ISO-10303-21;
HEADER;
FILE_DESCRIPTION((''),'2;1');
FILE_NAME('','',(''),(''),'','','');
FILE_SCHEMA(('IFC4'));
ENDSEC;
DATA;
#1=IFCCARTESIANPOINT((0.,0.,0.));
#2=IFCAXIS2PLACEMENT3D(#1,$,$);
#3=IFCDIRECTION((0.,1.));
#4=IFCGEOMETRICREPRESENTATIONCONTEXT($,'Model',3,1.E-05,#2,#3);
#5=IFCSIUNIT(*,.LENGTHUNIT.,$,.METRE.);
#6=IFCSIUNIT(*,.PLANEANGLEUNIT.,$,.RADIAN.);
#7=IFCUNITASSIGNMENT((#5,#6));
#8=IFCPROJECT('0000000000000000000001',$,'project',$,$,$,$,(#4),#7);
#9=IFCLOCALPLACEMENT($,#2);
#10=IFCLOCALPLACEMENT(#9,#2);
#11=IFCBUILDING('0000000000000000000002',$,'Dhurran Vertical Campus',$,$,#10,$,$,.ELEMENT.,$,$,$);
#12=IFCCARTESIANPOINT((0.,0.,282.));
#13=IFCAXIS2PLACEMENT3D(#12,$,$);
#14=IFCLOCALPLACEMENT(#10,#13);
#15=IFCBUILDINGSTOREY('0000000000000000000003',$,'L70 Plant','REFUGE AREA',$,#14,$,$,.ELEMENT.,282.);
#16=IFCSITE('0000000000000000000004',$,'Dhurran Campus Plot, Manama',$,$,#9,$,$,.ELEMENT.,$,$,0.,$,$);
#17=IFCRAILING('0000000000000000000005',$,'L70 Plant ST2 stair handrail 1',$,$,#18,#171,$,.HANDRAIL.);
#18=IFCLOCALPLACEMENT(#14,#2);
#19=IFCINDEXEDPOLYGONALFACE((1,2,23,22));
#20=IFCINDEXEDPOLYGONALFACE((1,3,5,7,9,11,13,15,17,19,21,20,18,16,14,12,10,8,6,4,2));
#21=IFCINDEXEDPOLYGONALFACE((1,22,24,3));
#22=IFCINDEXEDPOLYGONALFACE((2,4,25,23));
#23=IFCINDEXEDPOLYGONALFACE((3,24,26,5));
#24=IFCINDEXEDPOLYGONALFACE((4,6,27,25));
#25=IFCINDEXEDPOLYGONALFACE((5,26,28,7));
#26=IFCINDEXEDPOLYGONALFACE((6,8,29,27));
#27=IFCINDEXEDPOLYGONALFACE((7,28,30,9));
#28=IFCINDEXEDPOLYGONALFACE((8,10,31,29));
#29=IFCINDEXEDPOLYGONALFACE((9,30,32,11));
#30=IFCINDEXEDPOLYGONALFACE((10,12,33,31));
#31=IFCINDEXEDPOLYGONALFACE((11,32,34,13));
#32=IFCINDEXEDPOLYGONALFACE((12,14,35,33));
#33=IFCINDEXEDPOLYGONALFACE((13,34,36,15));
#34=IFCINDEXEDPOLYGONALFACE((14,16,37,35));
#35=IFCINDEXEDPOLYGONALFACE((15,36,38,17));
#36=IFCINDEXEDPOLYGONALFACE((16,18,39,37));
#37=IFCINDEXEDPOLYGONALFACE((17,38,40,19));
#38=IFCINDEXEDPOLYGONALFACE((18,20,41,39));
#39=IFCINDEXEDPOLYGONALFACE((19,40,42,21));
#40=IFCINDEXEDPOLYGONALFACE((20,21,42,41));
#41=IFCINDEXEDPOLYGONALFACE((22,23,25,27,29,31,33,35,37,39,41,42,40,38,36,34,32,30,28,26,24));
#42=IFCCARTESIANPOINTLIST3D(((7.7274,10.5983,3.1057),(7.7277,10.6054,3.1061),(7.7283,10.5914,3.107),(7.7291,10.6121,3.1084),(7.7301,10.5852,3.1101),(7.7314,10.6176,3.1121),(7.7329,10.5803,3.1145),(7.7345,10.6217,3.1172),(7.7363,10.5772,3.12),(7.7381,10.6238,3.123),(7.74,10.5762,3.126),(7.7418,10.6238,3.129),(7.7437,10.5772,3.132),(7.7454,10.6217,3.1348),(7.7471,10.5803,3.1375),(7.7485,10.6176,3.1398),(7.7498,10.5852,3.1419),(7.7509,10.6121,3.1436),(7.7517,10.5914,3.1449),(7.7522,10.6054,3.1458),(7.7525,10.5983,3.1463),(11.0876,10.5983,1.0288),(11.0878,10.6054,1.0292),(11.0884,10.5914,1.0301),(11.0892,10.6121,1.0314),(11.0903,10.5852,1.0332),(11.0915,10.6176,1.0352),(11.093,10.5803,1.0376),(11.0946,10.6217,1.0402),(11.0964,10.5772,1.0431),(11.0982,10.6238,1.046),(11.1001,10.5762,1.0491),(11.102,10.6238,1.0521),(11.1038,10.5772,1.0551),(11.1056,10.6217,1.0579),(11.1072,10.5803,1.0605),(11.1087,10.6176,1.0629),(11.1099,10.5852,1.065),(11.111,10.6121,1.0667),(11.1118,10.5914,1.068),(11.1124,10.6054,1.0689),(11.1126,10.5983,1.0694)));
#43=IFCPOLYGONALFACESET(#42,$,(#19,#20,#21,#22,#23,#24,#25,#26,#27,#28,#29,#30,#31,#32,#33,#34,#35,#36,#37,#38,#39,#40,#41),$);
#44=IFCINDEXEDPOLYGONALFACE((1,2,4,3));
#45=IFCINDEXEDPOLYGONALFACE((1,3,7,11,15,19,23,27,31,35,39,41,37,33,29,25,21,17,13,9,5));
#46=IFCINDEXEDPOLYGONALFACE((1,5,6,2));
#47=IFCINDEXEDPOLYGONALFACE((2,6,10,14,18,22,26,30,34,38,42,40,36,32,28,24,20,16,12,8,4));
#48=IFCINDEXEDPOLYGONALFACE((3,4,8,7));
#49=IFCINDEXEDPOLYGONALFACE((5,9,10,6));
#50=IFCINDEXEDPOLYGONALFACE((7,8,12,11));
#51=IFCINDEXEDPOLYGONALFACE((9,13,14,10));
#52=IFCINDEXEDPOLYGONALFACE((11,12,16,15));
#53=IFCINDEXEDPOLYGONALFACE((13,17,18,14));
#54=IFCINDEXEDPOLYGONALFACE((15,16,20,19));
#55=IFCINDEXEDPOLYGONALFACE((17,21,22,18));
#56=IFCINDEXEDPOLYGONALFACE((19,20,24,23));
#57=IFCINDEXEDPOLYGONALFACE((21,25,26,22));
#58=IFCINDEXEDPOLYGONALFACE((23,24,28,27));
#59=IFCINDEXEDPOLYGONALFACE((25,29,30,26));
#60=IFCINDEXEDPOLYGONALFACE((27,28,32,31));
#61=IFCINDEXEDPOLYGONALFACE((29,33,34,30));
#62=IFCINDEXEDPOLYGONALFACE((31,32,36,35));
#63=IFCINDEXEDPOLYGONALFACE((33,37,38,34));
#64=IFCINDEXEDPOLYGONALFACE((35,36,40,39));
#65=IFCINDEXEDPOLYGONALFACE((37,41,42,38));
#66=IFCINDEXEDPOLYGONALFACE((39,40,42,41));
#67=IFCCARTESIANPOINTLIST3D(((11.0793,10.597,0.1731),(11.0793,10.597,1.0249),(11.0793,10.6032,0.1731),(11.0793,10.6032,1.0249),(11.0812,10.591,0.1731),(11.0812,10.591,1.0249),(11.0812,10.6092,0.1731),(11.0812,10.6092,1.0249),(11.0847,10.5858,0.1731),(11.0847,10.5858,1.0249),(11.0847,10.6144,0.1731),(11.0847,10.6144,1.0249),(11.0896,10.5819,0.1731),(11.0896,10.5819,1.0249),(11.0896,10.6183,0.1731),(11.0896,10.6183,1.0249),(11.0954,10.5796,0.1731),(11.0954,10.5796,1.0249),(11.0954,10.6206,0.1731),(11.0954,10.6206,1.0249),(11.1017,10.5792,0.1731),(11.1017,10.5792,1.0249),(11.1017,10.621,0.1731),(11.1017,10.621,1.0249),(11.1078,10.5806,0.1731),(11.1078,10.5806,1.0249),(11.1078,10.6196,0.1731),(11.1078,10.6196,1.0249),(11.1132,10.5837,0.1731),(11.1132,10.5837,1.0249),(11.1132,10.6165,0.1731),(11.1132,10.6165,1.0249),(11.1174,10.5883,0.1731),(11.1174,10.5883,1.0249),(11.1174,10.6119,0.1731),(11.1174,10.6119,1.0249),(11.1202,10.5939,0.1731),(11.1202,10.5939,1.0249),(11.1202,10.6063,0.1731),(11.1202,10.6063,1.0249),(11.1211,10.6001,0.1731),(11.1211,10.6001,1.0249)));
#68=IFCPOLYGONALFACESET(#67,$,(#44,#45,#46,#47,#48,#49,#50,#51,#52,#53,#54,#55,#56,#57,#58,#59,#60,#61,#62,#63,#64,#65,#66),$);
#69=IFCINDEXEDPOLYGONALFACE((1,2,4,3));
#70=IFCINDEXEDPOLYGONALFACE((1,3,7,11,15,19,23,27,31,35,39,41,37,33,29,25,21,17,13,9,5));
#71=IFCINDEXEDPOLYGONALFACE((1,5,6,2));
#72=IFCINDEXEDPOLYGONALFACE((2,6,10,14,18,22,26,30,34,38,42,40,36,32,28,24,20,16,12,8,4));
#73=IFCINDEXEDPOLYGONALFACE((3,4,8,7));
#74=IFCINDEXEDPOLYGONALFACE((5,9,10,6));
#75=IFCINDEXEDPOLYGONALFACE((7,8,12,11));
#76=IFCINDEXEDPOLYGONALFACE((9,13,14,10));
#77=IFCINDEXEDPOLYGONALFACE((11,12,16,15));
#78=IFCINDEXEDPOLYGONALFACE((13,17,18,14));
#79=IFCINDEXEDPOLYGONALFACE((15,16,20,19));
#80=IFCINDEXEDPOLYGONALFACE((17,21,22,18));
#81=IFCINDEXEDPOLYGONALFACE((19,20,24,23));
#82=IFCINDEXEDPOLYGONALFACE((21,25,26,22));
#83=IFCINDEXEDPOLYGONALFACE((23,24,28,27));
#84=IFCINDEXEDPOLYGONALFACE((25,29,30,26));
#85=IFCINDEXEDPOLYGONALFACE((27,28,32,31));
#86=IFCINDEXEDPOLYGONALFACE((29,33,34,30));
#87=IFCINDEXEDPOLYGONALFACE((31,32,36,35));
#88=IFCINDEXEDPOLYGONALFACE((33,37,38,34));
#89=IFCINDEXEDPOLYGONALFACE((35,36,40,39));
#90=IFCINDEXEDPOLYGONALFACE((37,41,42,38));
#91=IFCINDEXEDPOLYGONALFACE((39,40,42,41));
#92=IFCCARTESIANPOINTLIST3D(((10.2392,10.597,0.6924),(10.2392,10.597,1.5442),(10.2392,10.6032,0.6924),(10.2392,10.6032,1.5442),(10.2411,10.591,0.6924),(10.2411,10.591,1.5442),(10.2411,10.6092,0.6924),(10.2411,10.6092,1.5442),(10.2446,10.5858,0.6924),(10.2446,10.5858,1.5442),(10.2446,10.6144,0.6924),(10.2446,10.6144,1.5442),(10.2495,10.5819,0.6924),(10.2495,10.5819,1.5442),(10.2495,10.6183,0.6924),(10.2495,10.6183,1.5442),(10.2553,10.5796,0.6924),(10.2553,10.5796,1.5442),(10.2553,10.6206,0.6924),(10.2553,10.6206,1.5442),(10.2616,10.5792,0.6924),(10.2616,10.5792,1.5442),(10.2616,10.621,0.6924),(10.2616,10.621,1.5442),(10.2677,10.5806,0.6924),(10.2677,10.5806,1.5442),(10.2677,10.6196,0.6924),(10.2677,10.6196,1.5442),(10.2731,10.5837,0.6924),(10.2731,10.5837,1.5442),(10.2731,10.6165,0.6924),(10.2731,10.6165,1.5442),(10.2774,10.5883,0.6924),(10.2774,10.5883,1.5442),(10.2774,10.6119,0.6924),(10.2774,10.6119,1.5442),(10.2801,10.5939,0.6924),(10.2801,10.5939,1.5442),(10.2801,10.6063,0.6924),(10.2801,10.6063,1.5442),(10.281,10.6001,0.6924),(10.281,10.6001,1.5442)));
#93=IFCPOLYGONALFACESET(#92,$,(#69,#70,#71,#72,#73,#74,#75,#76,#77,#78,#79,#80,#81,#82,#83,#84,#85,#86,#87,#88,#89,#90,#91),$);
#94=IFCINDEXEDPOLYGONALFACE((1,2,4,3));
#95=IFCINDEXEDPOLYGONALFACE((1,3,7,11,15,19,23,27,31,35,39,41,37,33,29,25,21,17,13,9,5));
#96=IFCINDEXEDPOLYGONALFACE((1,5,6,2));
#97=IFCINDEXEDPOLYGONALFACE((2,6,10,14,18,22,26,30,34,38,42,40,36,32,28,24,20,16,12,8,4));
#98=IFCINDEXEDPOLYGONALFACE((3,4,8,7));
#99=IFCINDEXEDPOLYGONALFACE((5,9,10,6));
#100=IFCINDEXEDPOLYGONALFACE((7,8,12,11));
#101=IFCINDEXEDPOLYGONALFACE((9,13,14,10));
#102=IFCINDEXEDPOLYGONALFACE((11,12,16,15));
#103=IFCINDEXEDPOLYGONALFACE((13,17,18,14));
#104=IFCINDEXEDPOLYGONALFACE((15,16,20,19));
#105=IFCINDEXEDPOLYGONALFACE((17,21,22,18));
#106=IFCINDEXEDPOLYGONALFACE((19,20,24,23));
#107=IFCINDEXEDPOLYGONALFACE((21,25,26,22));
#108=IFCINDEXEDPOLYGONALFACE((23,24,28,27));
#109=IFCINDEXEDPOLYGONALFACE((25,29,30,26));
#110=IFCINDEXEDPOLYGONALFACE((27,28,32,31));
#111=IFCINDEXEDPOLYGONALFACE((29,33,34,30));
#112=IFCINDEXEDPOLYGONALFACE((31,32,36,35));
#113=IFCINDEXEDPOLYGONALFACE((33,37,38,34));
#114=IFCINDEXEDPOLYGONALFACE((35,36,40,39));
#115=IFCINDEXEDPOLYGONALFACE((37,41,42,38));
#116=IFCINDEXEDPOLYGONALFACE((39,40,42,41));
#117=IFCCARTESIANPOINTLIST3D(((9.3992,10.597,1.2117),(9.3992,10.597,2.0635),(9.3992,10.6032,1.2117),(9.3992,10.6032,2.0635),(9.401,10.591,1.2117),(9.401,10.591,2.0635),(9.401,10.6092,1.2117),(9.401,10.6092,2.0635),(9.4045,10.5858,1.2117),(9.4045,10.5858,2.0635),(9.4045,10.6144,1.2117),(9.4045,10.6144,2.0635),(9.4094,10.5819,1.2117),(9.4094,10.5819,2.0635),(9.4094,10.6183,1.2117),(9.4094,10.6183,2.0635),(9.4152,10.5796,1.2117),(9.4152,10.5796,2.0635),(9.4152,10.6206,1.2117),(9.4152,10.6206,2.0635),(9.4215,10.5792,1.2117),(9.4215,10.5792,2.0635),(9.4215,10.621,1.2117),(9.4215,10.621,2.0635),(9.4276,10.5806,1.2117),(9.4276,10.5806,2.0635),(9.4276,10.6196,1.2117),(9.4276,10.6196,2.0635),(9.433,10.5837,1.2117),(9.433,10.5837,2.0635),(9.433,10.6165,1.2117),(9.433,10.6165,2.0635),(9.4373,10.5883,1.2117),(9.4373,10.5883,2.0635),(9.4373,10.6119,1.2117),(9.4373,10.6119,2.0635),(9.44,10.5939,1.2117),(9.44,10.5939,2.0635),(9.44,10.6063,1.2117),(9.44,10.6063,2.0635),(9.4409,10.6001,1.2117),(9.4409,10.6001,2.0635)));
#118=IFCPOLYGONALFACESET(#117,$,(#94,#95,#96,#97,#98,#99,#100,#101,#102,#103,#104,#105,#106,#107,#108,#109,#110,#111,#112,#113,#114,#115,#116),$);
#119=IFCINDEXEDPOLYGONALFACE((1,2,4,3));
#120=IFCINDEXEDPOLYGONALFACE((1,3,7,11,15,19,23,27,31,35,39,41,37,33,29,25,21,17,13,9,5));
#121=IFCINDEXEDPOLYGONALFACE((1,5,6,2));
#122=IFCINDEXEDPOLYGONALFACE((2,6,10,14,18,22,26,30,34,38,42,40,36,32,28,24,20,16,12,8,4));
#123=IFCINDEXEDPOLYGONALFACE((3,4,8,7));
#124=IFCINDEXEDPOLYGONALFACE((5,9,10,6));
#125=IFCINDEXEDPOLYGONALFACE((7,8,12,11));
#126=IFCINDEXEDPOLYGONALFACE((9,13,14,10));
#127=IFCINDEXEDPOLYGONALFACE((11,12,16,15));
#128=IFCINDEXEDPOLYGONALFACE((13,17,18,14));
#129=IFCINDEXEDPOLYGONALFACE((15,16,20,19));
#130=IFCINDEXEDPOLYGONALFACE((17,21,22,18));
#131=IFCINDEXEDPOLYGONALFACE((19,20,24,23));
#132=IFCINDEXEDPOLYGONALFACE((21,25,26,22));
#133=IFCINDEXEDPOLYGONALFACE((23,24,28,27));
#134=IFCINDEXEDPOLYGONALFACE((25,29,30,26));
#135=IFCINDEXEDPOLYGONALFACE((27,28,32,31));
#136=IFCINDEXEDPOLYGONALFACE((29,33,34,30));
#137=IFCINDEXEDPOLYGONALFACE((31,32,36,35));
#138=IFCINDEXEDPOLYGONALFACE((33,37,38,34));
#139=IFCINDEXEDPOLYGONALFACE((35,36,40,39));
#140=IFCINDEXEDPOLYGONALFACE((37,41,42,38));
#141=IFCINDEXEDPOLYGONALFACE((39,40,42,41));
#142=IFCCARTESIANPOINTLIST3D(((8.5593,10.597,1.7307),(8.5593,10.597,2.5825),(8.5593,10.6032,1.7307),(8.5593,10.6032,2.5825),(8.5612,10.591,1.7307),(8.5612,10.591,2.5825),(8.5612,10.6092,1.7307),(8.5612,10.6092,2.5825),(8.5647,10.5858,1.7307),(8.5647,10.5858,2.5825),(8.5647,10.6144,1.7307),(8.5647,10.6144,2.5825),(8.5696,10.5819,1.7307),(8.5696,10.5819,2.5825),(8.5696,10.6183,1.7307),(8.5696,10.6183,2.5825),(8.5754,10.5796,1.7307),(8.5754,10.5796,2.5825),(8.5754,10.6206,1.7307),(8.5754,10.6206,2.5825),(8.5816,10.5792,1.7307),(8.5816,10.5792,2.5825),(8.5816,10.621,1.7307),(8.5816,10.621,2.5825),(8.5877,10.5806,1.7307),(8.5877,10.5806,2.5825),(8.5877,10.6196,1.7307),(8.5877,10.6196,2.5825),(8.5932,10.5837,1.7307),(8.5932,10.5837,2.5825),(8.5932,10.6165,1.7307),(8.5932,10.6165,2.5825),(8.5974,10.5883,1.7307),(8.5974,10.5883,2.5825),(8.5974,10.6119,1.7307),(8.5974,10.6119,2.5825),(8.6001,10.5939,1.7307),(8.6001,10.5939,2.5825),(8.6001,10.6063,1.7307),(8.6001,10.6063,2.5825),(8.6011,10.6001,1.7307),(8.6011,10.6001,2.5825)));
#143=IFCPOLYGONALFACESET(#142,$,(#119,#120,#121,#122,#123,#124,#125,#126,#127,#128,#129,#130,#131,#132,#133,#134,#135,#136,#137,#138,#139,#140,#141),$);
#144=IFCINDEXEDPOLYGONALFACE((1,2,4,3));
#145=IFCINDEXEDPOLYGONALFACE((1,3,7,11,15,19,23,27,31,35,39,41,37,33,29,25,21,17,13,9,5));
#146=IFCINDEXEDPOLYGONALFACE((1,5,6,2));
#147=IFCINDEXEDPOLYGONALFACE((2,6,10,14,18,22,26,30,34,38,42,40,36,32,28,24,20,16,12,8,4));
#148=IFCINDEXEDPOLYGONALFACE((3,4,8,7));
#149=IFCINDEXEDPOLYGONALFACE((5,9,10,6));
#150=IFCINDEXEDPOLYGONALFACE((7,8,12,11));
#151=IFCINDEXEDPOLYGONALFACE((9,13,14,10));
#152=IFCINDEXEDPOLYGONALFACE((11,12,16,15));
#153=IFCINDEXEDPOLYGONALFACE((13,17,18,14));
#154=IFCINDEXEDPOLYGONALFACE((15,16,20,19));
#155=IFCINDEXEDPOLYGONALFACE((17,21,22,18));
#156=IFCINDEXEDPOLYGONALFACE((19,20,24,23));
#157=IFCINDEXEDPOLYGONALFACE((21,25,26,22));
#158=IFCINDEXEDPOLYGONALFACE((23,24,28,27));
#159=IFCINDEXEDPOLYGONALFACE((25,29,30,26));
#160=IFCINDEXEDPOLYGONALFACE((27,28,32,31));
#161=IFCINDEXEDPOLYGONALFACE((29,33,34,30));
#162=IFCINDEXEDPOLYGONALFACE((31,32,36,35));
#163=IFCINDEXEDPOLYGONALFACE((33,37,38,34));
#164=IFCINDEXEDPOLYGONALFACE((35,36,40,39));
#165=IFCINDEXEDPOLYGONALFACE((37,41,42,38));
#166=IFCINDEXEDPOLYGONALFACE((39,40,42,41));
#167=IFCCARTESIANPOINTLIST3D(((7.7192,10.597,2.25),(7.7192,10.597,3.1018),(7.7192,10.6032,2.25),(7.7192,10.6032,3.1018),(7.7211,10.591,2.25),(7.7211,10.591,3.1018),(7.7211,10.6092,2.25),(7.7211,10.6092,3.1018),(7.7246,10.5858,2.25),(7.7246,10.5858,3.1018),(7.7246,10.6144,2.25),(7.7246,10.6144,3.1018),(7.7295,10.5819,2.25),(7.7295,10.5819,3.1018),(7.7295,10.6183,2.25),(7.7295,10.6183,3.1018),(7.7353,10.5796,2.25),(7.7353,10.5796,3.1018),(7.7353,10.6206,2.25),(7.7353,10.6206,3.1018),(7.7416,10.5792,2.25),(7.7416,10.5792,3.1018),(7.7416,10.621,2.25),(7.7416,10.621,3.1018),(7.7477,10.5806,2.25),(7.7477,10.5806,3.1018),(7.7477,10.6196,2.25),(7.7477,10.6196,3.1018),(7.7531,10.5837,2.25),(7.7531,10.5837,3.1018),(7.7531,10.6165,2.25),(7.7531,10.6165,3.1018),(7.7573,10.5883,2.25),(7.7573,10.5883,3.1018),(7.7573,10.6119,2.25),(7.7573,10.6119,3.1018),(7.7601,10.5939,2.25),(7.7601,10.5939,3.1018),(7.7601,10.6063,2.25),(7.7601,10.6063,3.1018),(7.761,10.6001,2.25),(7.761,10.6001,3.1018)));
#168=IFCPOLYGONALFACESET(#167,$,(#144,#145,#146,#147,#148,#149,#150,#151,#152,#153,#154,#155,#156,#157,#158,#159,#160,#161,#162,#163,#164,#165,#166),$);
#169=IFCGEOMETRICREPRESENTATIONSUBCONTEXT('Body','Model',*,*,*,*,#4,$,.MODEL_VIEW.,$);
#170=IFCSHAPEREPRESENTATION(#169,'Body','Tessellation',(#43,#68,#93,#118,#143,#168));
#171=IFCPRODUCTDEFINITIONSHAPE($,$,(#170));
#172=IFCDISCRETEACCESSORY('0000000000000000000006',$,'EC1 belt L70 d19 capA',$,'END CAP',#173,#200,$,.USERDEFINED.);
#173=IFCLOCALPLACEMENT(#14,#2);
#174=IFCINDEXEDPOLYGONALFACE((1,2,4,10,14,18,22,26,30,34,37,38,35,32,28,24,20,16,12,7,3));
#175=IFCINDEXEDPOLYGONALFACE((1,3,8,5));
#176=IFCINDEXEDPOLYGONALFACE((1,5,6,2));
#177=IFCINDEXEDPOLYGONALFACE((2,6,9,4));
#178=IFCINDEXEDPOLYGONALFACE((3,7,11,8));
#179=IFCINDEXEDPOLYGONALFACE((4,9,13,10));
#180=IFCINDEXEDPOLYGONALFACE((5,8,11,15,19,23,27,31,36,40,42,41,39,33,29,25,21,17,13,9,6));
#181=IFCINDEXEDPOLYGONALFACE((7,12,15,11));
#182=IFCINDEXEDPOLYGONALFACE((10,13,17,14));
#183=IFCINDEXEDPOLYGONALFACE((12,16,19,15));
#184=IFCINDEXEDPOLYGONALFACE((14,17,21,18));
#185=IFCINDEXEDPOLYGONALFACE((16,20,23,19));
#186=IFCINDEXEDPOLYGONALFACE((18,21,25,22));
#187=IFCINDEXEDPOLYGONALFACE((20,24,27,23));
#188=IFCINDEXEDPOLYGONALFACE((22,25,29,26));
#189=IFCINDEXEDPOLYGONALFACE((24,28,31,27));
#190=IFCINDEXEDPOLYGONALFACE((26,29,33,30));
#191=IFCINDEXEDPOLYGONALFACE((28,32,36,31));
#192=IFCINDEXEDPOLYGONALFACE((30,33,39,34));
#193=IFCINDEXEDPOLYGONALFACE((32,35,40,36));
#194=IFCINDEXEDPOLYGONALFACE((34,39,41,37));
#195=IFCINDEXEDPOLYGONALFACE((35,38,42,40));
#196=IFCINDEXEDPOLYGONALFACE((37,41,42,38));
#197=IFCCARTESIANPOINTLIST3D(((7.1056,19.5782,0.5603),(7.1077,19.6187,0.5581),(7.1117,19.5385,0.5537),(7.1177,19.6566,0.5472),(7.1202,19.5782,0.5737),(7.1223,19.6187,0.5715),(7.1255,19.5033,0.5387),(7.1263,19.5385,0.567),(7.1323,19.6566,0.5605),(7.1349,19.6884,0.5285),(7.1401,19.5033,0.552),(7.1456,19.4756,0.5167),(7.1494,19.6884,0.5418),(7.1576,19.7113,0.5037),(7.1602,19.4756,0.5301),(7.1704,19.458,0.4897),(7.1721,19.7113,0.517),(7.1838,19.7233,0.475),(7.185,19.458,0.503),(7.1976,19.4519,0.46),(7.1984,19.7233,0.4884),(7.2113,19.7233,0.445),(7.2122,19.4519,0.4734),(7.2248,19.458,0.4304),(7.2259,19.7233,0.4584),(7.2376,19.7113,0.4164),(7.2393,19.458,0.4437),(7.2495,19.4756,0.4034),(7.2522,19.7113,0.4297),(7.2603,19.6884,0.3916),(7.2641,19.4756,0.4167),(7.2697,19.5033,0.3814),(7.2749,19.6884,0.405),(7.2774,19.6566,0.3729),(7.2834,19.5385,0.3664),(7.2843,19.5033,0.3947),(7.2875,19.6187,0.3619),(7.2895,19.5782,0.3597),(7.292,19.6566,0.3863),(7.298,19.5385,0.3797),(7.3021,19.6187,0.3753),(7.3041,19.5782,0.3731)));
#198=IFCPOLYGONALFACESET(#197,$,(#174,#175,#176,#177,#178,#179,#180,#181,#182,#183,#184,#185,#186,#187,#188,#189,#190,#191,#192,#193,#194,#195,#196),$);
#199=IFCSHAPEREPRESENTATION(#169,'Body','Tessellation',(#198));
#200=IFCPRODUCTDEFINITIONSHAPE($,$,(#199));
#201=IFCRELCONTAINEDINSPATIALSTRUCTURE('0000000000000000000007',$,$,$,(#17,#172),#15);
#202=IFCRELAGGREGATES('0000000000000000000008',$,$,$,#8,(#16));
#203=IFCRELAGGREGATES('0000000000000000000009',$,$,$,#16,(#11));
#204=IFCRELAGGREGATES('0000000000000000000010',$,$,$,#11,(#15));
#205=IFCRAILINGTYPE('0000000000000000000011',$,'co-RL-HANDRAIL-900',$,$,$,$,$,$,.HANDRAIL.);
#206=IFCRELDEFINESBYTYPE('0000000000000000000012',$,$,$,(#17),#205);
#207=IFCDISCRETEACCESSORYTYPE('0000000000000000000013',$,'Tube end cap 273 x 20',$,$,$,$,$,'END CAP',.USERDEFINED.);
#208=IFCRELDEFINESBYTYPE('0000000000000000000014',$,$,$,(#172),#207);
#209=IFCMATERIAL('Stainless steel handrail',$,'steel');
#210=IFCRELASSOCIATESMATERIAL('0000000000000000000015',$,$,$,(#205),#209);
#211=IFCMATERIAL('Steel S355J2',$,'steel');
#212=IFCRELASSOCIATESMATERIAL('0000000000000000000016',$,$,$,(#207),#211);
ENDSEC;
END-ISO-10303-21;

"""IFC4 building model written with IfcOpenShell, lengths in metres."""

from ifc_helpers import new_model, si_unit, direction, frame, origin, origin_2d, place, context, subcontext, project, spatial, circle, extrude, material, material_profile, profile_set, type_object, element, save


model = new_model("IFC4")

# Units and contexts
model_context = context("Model", 3, precision=1e-05, world=origin(), true_north=direction((0.0, 1.0)))
body_context = subcontext(model_context, "Body", "Model", "MODEL_VIEW")
ifc_project = project(units=[si_unit("LENGTHUNIT", "METRE"), si_unit("PLANEANGLEUNIT", "RADIAN")], contexts=[model_context])

# Site, building, storey
site_placement = place(None, origin())
site = spatial("IfcSite", under=ifc_project, at=site_placement, Name="Dhurran Campus Plot, Manama", CompositionType="ELEMENT", RefElevation=0.0)
building_placement = place(site_placement, origin())
building = spatial("IfcBuilding", under=site, at=building_placement, Name="Dhurran Vertical Campus", CompositionType="ELEMENT")
storey_placement = place(building_placement, frame((0.0, 0.0, 282.0)))
storey = spatial("IfcBuildingStorey", under=building, at=storey_placement, Name="L70 Plant", Description="REFUGE AREA", CompositionType="ELEMENT", Elevation=282.0)

# Railing
ifc_material_1 = material(Name="Stainless steel handrail", Category="steel")
railing_type_1 = type_object("IfcRailingType", Name="co-RL-HANDRAIL-900", PredefinedType="HANDRAIL", material=ifc_material_1)
railing_1_placement = place(storey_placement, frame((11.1001, 10.6001, 0.1731)))
element("IfcRailing", 1, at=railing_1_placement, inside=storey, type_object=railing_type_1, Name="L70 Plant ST2 stair handrail 1", PredefinedType="HANDRAIL", context=body_context, shape_type="SweptSolid", body=[
    extrude(circle(Radius=0.0239, at=origin_2d()), frame((0.0, 0.0, 0.876), z_axis=(-0.850623, 0.0, 0.525776), x_axis=(0.0, -1.0, 0.0)), (0.0, 0.0, 1.0), 3.9502),
    extrude(circle(Radius=0.021, at=origin_2d()), origin(), (0.0, 0.0, 1.0), 0.8518),
    extrude(circle(Radius=0.021, at=origin_2d()), frame((-0.8401, 0.0, 0.5193)), (0.0, 0.0, 1.0), 0.8518),
    extrude(circle(Radius=0.021, at=origin_2d()), frame((-1.6802, 0.0, 1.0386)), (0.0, 0.0, 1.0), 0.8518),
    extrude(circle(Radius=0.021, at=origin_2d()), frame((-2.52, 0.0, 1.5576)), (0.0, 0.0, 1.0), 0.8518),
    extrude(circle(Radius=0.021, at=origin_2d()), frame((-3.3601, 0.0, 2.0769)), (0.0, 0.0, 1.0), 0.8518),
])

# Discrete accessory
ifc_material_2 = material(Name="Steel S355J2", Category="steel")
ifc_material_profile_1 = material_profile(ifc_material_2, circle(Radius=0.1365, at=origin_2d()), Name="Tube end cap 273 x 20")
ifc_profile_set_1 = profile_set([ifc_material_profile_1], Name="Steel S355J2")
discrete_accessory_type = type_object("IfcDiscreteAccessoryType", Name="Tube end cap 273 x 20", ElementType="END CAP", PredefinedType="USERDEFINED", material=ifc_profile_set_1)
for number, where, z_axis, x_axis, name in (
    (2, (7.2122, 19.5884, 0.4734), (-0.737154, 0.0, -0.675725), (0.0, -1.0, 0.0), "EC1 belt L70 d19 capA"),
):
    element("IfcDiscreteAccessory", number, at=place(storey_placement, frame(where, z_axis=z_axis, x_axis=x_axis)), inside=storey, type_object=discrete_accessory_type, Name=name, ObjectType="END CAP", PredefinedType="USERDEFINED", context=body_context, shape_type="SweptSolid", body=[
        extrude(circle(Radius=0.1365, at=origin_2d()), origin(), (0.0, 0.0, 1.0), 0.0198),
    ])

save(model, "model.ifc")
